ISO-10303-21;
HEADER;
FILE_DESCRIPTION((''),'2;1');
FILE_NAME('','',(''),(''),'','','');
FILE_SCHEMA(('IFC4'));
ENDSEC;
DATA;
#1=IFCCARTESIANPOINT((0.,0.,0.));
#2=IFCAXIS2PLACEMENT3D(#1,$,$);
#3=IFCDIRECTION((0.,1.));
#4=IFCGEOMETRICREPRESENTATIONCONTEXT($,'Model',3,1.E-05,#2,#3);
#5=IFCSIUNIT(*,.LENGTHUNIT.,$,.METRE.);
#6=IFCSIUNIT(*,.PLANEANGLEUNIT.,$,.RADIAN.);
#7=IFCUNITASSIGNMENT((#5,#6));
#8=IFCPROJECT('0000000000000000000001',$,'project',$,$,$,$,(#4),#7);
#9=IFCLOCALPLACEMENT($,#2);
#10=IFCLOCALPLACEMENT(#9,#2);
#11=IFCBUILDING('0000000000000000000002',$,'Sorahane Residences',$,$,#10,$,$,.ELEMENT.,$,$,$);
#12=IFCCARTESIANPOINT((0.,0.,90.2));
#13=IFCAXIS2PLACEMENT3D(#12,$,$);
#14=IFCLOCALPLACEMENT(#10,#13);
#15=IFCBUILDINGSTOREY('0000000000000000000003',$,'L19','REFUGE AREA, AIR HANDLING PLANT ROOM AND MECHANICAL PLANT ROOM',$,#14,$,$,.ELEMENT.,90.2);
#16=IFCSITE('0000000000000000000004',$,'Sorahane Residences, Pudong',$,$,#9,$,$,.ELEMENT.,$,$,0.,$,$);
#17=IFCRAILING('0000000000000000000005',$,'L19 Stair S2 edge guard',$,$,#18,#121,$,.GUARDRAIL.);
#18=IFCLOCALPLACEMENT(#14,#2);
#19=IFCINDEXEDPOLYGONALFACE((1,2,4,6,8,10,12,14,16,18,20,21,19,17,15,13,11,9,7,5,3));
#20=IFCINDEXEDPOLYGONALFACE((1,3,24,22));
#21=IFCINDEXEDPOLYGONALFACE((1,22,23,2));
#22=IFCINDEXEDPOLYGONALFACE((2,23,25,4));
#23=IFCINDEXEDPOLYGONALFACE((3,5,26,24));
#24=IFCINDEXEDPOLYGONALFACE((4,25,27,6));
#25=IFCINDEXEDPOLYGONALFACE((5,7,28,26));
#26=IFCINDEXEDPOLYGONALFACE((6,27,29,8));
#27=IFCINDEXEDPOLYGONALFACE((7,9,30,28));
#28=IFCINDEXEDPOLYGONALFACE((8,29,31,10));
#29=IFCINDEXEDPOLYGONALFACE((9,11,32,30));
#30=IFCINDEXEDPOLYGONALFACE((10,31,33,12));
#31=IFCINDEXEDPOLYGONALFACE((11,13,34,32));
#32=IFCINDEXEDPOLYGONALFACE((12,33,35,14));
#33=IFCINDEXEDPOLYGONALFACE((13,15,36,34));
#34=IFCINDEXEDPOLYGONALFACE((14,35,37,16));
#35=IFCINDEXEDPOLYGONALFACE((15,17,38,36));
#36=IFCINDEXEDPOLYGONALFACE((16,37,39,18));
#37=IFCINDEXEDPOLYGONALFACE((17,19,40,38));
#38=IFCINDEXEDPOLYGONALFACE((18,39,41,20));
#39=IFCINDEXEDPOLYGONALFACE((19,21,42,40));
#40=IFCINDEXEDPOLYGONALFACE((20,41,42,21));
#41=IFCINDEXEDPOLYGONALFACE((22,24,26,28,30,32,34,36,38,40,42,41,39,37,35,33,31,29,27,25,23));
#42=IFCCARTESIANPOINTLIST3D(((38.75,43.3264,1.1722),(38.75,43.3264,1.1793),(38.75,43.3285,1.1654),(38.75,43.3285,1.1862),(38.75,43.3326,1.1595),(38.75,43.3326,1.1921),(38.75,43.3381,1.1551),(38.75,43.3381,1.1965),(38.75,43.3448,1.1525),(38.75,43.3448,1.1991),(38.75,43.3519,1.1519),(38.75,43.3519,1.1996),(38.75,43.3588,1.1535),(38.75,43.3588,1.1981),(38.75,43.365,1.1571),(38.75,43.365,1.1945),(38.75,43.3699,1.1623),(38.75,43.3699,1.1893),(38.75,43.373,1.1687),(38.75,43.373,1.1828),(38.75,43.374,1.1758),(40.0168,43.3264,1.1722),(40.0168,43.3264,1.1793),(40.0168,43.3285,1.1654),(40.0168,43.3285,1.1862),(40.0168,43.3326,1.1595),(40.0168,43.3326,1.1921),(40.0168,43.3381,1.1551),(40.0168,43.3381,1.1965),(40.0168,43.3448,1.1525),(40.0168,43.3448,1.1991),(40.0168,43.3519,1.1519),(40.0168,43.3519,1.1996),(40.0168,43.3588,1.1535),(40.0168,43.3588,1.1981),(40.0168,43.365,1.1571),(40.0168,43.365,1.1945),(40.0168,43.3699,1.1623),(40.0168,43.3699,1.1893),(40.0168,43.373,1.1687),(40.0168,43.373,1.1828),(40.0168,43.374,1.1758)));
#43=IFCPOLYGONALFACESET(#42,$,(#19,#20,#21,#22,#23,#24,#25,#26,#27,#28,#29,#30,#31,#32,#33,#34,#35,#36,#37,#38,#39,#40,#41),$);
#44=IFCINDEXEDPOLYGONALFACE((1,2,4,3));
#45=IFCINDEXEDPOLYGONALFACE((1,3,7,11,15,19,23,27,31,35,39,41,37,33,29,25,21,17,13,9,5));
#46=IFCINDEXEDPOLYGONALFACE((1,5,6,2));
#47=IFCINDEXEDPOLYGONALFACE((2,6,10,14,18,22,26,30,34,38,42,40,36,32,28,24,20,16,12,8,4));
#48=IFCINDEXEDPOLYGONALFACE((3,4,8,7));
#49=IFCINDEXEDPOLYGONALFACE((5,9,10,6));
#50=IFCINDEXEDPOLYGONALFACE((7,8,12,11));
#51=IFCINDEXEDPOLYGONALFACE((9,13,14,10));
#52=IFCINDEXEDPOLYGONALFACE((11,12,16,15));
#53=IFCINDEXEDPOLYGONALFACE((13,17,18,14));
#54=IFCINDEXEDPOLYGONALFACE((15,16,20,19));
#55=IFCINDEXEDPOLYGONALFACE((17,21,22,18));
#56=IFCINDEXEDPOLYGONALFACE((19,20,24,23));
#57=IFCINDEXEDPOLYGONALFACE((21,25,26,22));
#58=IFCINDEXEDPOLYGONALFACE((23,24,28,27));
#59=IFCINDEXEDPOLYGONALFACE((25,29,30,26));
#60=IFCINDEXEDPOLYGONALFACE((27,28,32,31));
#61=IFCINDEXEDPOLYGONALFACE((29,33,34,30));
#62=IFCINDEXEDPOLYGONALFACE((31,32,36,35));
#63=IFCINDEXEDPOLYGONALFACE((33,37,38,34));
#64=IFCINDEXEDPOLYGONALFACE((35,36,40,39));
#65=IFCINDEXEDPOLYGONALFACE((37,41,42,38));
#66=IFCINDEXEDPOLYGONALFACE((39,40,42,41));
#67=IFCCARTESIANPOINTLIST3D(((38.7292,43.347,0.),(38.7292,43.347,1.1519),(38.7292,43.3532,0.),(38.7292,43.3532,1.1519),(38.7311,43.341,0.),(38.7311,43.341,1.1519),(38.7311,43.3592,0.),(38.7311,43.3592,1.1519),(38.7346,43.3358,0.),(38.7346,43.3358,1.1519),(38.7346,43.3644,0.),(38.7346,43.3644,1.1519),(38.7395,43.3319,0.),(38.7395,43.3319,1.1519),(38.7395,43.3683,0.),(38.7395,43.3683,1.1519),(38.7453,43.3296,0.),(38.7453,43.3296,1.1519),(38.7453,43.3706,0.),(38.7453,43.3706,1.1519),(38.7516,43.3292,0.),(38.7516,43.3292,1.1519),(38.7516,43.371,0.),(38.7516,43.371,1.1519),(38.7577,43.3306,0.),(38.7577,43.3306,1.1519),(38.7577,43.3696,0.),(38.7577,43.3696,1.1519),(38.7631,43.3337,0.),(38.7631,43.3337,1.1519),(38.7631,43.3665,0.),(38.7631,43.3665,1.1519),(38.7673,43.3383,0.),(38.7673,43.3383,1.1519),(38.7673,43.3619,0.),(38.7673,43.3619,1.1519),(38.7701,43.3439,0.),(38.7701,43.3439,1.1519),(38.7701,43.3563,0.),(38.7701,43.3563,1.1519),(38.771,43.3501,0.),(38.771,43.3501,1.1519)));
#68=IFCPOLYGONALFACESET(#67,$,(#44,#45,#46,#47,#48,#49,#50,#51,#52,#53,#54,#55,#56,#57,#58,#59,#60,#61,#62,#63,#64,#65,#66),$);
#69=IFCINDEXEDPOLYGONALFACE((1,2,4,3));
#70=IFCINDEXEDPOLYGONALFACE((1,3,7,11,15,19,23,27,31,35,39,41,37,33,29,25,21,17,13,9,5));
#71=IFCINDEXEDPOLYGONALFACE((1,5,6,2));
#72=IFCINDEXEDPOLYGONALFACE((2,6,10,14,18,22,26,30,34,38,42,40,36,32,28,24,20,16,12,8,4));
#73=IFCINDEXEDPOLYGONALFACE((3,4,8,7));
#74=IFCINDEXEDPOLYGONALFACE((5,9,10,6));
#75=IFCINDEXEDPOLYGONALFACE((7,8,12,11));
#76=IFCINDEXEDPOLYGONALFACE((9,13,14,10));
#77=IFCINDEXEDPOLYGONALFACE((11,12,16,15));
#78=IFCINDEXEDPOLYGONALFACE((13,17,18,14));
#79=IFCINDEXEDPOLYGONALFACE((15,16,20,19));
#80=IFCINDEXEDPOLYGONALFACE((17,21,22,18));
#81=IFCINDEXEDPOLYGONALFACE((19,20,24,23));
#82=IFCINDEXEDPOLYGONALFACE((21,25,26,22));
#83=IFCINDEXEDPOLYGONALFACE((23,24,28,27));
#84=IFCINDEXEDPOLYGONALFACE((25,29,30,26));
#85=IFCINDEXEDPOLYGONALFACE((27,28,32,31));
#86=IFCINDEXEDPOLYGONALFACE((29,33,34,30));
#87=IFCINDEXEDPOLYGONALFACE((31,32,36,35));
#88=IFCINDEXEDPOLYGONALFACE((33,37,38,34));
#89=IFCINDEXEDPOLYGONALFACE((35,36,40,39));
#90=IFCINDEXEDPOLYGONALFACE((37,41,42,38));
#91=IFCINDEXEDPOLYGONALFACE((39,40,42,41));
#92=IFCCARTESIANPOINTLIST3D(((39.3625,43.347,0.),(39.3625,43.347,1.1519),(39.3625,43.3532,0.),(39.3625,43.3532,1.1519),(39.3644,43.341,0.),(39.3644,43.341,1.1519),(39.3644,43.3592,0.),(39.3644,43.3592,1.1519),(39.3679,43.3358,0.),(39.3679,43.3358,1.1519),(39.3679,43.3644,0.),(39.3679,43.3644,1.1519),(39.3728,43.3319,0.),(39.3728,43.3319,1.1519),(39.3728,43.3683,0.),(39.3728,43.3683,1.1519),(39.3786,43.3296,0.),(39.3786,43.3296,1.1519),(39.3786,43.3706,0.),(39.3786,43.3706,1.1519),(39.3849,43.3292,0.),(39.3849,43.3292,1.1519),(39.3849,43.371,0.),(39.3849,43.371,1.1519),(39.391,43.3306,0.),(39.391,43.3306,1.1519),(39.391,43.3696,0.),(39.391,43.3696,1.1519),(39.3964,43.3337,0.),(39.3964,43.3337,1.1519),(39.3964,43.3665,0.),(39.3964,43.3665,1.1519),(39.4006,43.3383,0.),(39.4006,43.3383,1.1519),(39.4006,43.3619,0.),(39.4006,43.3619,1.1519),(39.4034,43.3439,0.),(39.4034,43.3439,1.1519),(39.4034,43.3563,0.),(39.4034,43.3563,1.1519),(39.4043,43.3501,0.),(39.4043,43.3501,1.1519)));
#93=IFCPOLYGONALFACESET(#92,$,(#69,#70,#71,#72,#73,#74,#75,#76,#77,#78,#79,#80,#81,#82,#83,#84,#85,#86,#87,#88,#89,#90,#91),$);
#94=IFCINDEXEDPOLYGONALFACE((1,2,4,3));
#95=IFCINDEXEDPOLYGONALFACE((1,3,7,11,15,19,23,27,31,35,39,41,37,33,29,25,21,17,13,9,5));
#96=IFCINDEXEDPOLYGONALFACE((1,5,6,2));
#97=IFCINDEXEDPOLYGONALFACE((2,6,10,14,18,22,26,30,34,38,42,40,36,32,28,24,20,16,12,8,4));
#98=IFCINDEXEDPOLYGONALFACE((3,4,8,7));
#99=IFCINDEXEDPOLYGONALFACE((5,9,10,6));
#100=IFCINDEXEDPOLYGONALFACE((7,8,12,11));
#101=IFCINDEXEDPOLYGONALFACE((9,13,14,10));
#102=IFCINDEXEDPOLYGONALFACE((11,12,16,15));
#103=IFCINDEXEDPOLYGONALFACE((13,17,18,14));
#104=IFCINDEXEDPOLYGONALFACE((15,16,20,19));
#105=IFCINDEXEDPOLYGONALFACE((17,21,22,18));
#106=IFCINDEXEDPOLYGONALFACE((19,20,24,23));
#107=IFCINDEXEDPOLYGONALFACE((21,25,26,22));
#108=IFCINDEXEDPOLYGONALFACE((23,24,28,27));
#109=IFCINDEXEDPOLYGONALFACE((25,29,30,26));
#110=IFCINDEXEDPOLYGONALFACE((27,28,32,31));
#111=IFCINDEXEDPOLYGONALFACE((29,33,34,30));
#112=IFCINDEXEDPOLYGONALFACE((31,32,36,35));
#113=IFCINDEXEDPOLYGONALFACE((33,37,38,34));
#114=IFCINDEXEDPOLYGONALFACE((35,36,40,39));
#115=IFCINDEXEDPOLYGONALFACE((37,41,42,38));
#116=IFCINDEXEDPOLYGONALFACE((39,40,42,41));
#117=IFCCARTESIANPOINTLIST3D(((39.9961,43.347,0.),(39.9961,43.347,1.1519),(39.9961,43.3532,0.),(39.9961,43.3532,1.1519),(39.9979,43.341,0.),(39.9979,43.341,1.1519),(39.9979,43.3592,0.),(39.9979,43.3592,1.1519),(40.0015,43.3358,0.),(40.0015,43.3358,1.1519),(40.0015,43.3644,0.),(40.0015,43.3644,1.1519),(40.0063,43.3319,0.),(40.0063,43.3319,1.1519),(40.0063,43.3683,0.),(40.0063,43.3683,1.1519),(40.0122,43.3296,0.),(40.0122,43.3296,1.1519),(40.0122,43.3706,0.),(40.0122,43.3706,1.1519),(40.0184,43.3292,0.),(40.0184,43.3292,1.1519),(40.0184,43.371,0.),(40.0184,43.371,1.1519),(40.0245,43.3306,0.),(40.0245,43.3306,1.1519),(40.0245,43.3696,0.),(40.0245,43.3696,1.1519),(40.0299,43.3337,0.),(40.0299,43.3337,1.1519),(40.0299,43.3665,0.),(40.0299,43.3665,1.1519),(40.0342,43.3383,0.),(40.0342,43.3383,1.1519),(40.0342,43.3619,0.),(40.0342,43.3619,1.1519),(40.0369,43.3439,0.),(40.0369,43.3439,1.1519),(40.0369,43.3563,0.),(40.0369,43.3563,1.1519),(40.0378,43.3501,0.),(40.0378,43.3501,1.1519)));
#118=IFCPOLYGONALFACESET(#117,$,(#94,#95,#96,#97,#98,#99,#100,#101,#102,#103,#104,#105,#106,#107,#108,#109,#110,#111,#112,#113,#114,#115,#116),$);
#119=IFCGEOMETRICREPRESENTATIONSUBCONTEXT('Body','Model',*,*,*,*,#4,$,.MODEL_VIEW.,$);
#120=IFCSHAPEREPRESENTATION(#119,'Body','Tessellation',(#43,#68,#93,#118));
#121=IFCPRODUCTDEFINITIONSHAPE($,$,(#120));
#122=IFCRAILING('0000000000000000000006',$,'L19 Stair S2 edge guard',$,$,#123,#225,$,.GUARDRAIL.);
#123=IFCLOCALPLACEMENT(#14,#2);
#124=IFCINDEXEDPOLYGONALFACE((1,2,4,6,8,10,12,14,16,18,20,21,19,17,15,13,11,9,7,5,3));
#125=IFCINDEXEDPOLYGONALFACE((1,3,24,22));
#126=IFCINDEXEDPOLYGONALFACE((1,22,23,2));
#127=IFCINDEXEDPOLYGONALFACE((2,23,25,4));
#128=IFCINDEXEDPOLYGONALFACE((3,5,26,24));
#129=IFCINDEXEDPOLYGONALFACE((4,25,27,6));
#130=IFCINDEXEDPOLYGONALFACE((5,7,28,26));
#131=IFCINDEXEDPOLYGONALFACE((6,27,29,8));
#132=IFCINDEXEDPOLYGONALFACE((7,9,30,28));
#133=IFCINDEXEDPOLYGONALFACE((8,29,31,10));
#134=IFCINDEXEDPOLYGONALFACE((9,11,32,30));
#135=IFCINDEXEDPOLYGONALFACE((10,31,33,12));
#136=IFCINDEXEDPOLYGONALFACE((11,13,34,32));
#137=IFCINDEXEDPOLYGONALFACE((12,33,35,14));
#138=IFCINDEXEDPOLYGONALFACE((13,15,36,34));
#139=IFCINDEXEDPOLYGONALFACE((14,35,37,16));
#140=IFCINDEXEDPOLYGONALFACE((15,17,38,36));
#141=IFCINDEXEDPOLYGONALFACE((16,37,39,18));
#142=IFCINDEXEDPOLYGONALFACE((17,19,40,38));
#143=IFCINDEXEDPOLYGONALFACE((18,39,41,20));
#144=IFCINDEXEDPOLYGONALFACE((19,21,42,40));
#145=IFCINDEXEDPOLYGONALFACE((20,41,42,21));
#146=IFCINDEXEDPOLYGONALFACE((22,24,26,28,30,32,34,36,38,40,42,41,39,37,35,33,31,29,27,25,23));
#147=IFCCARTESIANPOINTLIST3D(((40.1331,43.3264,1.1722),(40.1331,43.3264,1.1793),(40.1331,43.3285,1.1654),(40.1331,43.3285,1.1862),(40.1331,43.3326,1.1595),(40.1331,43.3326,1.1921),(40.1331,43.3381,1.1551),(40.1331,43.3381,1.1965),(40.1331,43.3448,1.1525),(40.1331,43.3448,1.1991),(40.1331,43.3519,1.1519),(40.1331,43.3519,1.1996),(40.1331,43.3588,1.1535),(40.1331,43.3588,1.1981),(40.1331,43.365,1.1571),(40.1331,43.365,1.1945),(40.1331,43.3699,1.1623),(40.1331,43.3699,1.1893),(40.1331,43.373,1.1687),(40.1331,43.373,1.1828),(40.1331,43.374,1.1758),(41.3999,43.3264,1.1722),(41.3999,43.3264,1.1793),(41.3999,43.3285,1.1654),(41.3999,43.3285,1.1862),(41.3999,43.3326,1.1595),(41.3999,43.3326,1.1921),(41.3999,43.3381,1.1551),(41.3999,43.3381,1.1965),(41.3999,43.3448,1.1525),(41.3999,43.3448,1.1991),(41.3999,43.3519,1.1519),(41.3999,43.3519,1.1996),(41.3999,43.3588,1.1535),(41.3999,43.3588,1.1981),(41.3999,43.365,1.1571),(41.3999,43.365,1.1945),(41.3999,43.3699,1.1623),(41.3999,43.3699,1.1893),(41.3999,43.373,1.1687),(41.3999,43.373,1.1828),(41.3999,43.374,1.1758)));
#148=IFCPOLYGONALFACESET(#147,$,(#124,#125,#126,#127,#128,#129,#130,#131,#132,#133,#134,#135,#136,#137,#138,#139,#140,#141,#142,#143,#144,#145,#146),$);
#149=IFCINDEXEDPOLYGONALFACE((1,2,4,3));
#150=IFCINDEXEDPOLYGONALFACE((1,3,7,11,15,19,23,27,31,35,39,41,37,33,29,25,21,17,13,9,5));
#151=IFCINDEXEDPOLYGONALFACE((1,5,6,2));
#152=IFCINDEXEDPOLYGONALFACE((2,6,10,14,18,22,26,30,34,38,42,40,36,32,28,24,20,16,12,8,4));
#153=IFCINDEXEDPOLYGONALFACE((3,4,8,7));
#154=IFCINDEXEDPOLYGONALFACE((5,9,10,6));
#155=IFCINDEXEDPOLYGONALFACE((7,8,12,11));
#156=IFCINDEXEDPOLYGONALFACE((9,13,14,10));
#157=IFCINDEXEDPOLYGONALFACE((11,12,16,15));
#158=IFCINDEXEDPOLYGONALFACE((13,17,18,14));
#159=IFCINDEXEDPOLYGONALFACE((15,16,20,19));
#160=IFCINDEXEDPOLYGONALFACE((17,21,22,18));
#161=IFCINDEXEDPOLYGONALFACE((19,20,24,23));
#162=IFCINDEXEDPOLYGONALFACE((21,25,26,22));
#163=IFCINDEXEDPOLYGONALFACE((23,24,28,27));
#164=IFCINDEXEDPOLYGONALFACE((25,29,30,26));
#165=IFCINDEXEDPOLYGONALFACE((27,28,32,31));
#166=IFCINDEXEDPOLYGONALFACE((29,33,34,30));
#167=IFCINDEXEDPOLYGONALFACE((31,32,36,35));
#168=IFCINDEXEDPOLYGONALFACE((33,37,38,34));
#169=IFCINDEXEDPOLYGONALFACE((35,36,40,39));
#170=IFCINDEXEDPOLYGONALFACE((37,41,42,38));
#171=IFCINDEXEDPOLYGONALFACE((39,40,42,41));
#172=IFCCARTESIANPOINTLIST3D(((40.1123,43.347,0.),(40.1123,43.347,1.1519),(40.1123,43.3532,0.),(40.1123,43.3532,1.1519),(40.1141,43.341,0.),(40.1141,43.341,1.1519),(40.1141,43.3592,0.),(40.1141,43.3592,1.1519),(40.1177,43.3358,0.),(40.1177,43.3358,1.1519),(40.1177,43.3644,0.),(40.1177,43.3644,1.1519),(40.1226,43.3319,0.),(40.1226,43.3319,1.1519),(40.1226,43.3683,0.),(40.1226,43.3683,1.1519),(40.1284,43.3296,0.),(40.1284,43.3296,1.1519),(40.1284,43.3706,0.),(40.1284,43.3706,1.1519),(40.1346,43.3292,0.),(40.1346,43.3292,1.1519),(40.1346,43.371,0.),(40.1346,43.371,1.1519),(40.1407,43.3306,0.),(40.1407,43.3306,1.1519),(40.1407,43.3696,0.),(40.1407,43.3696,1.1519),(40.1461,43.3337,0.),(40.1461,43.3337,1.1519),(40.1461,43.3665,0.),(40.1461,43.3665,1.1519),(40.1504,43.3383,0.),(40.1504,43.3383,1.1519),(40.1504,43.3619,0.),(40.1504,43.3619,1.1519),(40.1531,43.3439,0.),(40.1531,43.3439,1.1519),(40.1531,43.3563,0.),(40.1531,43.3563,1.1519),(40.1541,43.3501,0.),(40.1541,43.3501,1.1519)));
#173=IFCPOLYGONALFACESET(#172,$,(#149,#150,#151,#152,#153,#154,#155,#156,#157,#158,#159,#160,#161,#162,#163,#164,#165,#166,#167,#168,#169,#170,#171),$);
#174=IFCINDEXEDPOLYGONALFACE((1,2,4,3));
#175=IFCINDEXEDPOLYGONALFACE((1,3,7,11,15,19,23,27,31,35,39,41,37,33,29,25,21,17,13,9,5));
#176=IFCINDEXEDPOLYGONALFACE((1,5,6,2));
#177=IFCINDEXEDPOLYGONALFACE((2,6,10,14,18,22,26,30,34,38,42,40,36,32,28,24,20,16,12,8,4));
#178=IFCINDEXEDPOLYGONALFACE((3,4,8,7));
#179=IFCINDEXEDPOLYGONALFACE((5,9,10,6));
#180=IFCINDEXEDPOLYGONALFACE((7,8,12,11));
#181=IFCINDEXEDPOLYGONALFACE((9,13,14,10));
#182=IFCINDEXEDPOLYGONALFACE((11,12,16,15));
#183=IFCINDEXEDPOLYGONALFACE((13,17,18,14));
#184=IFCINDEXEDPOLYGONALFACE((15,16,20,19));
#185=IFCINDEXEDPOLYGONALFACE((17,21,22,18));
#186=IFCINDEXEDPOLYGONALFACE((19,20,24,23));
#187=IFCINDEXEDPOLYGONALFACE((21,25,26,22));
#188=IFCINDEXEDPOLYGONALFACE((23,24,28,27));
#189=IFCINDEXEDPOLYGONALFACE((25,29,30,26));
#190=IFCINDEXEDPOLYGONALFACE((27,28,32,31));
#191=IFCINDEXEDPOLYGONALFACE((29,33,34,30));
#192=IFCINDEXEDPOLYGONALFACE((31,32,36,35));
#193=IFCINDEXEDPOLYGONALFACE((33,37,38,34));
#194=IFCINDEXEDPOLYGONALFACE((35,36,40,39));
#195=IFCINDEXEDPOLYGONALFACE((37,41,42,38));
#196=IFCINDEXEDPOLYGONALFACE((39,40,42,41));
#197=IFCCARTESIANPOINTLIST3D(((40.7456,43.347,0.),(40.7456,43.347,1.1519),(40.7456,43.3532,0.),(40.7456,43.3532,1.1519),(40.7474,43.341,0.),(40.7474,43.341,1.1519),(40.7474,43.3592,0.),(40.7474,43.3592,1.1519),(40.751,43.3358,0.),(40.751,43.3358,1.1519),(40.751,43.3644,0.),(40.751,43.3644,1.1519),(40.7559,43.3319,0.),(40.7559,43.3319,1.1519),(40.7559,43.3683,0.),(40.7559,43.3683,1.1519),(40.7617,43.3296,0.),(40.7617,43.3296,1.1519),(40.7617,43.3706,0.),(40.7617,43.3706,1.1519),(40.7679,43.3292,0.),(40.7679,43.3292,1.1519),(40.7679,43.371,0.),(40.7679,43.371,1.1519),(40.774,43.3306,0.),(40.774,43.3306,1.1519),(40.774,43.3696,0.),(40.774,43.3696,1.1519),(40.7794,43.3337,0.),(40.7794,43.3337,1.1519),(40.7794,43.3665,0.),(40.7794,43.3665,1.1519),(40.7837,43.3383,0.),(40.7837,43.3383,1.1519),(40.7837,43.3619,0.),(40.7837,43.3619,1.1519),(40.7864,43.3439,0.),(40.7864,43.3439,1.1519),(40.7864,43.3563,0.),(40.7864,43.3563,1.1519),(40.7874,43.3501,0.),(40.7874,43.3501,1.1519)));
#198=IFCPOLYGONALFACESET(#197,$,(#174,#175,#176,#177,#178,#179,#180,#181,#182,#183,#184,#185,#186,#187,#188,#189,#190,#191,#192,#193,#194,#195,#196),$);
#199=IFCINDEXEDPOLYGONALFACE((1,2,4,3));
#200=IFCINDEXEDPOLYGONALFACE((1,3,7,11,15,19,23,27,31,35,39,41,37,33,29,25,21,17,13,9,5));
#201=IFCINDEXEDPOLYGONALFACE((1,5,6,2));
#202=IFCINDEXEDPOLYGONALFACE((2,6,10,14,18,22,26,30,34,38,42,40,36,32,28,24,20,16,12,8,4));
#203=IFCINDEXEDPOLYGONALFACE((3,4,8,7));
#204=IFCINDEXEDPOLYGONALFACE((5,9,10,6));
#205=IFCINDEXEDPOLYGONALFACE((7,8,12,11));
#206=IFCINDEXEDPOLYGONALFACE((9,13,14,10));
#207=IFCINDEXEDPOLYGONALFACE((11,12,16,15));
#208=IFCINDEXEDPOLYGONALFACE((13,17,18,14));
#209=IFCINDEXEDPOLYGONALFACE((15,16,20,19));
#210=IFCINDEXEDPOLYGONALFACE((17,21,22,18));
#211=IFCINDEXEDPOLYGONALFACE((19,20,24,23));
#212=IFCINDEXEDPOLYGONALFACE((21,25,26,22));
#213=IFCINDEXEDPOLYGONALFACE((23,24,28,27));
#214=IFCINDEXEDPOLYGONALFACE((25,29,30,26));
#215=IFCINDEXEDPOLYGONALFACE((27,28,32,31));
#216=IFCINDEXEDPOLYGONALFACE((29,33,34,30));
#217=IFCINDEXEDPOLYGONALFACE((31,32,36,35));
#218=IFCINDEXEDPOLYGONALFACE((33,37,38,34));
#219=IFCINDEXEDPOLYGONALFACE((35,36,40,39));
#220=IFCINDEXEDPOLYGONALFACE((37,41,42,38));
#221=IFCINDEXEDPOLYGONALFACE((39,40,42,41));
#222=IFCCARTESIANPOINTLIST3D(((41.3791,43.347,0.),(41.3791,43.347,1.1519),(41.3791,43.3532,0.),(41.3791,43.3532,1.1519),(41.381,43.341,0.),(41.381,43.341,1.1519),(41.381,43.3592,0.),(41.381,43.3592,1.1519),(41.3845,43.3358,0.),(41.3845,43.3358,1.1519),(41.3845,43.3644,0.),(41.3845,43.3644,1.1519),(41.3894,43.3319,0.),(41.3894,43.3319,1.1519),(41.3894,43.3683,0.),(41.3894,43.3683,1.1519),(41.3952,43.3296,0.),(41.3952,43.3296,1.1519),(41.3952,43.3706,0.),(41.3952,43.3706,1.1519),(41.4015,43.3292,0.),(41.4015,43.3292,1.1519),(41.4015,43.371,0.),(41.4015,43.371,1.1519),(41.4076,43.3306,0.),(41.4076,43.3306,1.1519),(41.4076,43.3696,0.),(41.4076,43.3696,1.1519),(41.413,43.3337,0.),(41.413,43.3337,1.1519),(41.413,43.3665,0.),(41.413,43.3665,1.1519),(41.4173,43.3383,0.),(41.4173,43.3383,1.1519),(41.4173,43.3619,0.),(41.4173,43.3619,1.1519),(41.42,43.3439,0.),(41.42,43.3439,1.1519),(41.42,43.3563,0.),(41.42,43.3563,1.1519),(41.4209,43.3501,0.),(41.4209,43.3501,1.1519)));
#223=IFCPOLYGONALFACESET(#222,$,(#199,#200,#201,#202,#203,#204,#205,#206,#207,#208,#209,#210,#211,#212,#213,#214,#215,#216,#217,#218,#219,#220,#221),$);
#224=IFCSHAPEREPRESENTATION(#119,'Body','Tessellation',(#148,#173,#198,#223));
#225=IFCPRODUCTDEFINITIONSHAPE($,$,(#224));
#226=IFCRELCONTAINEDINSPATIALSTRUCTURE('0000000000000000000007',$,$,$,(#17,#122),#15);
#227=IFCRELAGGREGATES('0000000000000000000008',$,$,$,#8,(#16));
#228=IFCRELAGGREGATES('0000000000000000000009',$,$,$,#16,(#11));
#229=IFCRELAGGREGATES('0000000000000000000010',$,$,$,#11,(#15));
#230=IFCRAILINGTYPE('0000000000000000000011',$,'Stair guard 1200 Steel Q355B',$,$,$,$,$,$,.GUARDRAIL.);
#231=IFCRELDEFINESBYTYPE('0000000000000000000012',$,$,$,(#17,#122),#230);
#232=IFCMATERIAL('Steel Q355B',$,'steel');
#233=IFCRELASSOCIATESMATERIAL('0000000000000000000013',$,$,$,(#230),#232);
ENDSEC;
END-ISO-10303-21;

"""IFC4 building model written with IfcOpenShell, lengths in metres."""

from ifc_helpers import new_model, si_unit, direction, frame, origin, origin_2d, place, context, subcontext, project, spatial, circle, extrude, material, type_object, element, save


model = new_model("IFC4")

# Units and contexts
model_context = context("Model", 3, precision=1e-05, world=origin(), true_north=direction((0.0, 1.0)))
body_context = subcontext(model_context, "Body", "Model", "MODEL_VIEW")
ifc_project = project(units=[si_unit("LENGTHUNIT", "METRE"), si_unit("PLANEANGLEUNIT", "RADIAN")], contexts=[model_context])

# Site, building, storey
site_placement = place(None, origin())
site = spatial("IfcSite", under=ifc_project, at=site_placement, Name="Sorahane Residences, Pudong", CompositionType="ELEMENT", RefElevation=0.0)
building_placement = place(site_placement, origin())
building = spatial("IfcBuilding", under=site, at=building_placement, Name="Sorahane Residences", CompositionType="ELEMENT")
storey_placement = place(building_placement, frame((0.0, 0.0, 90.2)))
storey = spatial("IfcBuildingStorey", under=building, at=storey_placement, Name="L19", Description="REFUGE AREA, AIR HANDLING PLANT ROOM AND MECHANICAL PLANT ROOM", CompositionType="ELEMENT", Elevation=90.2)

# Railings
ifc_material_1 = material(Name="Steel Q355B", Category="steel")
railing_type_1 = type_object("IfcRailingType", Name="Stair guard 1200 Steel Q355B", PredefinedType="GUARDRAIL", material=ifc_material_1)
for number, where, name in (
    (1, (38.75, 43.3501, 0.0), "L19 Stair S2 edge guard"),
    (2, (40.1331, 43.3501, 0.0), "L19 Stair S2 edge guard"),
):
    element("IfcRailing", number, at=place(storey_placement, frame(where)), inside=storey, type_object=railing_type_1, Name=name, PredefinedType="GUARDRAIL", context=body_context, shape_type="SweptSolid", body=[
        extrude(circle(Radius=0.0239, at=origin_2d()), frame((0.0, 0.0, 1.1758), z_axis=(1.0, 0.0, 0.0), x_axis=(0.0, 1.0, 0.0)), (0.0, 0.0, 1.0), 1.2668),
        extrude(circle(Radius=0.021, at=origin_2d()), origin(), (0.0, 0.0, 1.0), 1.1519),
        extrude(circle(Radius=0.021, at=origin_2d()), frame((0.6333, 0.0, 0.0)), (0.0, 0.0, 1.0), 1.1519),
        extrude(circle(Radius=0.021, at=origin_2d()), frame((1.2668, 0.0, 0.0)), (0.0, 0.0, 1.0), 1.1519),
    ])

save(model, "model.ifc")
